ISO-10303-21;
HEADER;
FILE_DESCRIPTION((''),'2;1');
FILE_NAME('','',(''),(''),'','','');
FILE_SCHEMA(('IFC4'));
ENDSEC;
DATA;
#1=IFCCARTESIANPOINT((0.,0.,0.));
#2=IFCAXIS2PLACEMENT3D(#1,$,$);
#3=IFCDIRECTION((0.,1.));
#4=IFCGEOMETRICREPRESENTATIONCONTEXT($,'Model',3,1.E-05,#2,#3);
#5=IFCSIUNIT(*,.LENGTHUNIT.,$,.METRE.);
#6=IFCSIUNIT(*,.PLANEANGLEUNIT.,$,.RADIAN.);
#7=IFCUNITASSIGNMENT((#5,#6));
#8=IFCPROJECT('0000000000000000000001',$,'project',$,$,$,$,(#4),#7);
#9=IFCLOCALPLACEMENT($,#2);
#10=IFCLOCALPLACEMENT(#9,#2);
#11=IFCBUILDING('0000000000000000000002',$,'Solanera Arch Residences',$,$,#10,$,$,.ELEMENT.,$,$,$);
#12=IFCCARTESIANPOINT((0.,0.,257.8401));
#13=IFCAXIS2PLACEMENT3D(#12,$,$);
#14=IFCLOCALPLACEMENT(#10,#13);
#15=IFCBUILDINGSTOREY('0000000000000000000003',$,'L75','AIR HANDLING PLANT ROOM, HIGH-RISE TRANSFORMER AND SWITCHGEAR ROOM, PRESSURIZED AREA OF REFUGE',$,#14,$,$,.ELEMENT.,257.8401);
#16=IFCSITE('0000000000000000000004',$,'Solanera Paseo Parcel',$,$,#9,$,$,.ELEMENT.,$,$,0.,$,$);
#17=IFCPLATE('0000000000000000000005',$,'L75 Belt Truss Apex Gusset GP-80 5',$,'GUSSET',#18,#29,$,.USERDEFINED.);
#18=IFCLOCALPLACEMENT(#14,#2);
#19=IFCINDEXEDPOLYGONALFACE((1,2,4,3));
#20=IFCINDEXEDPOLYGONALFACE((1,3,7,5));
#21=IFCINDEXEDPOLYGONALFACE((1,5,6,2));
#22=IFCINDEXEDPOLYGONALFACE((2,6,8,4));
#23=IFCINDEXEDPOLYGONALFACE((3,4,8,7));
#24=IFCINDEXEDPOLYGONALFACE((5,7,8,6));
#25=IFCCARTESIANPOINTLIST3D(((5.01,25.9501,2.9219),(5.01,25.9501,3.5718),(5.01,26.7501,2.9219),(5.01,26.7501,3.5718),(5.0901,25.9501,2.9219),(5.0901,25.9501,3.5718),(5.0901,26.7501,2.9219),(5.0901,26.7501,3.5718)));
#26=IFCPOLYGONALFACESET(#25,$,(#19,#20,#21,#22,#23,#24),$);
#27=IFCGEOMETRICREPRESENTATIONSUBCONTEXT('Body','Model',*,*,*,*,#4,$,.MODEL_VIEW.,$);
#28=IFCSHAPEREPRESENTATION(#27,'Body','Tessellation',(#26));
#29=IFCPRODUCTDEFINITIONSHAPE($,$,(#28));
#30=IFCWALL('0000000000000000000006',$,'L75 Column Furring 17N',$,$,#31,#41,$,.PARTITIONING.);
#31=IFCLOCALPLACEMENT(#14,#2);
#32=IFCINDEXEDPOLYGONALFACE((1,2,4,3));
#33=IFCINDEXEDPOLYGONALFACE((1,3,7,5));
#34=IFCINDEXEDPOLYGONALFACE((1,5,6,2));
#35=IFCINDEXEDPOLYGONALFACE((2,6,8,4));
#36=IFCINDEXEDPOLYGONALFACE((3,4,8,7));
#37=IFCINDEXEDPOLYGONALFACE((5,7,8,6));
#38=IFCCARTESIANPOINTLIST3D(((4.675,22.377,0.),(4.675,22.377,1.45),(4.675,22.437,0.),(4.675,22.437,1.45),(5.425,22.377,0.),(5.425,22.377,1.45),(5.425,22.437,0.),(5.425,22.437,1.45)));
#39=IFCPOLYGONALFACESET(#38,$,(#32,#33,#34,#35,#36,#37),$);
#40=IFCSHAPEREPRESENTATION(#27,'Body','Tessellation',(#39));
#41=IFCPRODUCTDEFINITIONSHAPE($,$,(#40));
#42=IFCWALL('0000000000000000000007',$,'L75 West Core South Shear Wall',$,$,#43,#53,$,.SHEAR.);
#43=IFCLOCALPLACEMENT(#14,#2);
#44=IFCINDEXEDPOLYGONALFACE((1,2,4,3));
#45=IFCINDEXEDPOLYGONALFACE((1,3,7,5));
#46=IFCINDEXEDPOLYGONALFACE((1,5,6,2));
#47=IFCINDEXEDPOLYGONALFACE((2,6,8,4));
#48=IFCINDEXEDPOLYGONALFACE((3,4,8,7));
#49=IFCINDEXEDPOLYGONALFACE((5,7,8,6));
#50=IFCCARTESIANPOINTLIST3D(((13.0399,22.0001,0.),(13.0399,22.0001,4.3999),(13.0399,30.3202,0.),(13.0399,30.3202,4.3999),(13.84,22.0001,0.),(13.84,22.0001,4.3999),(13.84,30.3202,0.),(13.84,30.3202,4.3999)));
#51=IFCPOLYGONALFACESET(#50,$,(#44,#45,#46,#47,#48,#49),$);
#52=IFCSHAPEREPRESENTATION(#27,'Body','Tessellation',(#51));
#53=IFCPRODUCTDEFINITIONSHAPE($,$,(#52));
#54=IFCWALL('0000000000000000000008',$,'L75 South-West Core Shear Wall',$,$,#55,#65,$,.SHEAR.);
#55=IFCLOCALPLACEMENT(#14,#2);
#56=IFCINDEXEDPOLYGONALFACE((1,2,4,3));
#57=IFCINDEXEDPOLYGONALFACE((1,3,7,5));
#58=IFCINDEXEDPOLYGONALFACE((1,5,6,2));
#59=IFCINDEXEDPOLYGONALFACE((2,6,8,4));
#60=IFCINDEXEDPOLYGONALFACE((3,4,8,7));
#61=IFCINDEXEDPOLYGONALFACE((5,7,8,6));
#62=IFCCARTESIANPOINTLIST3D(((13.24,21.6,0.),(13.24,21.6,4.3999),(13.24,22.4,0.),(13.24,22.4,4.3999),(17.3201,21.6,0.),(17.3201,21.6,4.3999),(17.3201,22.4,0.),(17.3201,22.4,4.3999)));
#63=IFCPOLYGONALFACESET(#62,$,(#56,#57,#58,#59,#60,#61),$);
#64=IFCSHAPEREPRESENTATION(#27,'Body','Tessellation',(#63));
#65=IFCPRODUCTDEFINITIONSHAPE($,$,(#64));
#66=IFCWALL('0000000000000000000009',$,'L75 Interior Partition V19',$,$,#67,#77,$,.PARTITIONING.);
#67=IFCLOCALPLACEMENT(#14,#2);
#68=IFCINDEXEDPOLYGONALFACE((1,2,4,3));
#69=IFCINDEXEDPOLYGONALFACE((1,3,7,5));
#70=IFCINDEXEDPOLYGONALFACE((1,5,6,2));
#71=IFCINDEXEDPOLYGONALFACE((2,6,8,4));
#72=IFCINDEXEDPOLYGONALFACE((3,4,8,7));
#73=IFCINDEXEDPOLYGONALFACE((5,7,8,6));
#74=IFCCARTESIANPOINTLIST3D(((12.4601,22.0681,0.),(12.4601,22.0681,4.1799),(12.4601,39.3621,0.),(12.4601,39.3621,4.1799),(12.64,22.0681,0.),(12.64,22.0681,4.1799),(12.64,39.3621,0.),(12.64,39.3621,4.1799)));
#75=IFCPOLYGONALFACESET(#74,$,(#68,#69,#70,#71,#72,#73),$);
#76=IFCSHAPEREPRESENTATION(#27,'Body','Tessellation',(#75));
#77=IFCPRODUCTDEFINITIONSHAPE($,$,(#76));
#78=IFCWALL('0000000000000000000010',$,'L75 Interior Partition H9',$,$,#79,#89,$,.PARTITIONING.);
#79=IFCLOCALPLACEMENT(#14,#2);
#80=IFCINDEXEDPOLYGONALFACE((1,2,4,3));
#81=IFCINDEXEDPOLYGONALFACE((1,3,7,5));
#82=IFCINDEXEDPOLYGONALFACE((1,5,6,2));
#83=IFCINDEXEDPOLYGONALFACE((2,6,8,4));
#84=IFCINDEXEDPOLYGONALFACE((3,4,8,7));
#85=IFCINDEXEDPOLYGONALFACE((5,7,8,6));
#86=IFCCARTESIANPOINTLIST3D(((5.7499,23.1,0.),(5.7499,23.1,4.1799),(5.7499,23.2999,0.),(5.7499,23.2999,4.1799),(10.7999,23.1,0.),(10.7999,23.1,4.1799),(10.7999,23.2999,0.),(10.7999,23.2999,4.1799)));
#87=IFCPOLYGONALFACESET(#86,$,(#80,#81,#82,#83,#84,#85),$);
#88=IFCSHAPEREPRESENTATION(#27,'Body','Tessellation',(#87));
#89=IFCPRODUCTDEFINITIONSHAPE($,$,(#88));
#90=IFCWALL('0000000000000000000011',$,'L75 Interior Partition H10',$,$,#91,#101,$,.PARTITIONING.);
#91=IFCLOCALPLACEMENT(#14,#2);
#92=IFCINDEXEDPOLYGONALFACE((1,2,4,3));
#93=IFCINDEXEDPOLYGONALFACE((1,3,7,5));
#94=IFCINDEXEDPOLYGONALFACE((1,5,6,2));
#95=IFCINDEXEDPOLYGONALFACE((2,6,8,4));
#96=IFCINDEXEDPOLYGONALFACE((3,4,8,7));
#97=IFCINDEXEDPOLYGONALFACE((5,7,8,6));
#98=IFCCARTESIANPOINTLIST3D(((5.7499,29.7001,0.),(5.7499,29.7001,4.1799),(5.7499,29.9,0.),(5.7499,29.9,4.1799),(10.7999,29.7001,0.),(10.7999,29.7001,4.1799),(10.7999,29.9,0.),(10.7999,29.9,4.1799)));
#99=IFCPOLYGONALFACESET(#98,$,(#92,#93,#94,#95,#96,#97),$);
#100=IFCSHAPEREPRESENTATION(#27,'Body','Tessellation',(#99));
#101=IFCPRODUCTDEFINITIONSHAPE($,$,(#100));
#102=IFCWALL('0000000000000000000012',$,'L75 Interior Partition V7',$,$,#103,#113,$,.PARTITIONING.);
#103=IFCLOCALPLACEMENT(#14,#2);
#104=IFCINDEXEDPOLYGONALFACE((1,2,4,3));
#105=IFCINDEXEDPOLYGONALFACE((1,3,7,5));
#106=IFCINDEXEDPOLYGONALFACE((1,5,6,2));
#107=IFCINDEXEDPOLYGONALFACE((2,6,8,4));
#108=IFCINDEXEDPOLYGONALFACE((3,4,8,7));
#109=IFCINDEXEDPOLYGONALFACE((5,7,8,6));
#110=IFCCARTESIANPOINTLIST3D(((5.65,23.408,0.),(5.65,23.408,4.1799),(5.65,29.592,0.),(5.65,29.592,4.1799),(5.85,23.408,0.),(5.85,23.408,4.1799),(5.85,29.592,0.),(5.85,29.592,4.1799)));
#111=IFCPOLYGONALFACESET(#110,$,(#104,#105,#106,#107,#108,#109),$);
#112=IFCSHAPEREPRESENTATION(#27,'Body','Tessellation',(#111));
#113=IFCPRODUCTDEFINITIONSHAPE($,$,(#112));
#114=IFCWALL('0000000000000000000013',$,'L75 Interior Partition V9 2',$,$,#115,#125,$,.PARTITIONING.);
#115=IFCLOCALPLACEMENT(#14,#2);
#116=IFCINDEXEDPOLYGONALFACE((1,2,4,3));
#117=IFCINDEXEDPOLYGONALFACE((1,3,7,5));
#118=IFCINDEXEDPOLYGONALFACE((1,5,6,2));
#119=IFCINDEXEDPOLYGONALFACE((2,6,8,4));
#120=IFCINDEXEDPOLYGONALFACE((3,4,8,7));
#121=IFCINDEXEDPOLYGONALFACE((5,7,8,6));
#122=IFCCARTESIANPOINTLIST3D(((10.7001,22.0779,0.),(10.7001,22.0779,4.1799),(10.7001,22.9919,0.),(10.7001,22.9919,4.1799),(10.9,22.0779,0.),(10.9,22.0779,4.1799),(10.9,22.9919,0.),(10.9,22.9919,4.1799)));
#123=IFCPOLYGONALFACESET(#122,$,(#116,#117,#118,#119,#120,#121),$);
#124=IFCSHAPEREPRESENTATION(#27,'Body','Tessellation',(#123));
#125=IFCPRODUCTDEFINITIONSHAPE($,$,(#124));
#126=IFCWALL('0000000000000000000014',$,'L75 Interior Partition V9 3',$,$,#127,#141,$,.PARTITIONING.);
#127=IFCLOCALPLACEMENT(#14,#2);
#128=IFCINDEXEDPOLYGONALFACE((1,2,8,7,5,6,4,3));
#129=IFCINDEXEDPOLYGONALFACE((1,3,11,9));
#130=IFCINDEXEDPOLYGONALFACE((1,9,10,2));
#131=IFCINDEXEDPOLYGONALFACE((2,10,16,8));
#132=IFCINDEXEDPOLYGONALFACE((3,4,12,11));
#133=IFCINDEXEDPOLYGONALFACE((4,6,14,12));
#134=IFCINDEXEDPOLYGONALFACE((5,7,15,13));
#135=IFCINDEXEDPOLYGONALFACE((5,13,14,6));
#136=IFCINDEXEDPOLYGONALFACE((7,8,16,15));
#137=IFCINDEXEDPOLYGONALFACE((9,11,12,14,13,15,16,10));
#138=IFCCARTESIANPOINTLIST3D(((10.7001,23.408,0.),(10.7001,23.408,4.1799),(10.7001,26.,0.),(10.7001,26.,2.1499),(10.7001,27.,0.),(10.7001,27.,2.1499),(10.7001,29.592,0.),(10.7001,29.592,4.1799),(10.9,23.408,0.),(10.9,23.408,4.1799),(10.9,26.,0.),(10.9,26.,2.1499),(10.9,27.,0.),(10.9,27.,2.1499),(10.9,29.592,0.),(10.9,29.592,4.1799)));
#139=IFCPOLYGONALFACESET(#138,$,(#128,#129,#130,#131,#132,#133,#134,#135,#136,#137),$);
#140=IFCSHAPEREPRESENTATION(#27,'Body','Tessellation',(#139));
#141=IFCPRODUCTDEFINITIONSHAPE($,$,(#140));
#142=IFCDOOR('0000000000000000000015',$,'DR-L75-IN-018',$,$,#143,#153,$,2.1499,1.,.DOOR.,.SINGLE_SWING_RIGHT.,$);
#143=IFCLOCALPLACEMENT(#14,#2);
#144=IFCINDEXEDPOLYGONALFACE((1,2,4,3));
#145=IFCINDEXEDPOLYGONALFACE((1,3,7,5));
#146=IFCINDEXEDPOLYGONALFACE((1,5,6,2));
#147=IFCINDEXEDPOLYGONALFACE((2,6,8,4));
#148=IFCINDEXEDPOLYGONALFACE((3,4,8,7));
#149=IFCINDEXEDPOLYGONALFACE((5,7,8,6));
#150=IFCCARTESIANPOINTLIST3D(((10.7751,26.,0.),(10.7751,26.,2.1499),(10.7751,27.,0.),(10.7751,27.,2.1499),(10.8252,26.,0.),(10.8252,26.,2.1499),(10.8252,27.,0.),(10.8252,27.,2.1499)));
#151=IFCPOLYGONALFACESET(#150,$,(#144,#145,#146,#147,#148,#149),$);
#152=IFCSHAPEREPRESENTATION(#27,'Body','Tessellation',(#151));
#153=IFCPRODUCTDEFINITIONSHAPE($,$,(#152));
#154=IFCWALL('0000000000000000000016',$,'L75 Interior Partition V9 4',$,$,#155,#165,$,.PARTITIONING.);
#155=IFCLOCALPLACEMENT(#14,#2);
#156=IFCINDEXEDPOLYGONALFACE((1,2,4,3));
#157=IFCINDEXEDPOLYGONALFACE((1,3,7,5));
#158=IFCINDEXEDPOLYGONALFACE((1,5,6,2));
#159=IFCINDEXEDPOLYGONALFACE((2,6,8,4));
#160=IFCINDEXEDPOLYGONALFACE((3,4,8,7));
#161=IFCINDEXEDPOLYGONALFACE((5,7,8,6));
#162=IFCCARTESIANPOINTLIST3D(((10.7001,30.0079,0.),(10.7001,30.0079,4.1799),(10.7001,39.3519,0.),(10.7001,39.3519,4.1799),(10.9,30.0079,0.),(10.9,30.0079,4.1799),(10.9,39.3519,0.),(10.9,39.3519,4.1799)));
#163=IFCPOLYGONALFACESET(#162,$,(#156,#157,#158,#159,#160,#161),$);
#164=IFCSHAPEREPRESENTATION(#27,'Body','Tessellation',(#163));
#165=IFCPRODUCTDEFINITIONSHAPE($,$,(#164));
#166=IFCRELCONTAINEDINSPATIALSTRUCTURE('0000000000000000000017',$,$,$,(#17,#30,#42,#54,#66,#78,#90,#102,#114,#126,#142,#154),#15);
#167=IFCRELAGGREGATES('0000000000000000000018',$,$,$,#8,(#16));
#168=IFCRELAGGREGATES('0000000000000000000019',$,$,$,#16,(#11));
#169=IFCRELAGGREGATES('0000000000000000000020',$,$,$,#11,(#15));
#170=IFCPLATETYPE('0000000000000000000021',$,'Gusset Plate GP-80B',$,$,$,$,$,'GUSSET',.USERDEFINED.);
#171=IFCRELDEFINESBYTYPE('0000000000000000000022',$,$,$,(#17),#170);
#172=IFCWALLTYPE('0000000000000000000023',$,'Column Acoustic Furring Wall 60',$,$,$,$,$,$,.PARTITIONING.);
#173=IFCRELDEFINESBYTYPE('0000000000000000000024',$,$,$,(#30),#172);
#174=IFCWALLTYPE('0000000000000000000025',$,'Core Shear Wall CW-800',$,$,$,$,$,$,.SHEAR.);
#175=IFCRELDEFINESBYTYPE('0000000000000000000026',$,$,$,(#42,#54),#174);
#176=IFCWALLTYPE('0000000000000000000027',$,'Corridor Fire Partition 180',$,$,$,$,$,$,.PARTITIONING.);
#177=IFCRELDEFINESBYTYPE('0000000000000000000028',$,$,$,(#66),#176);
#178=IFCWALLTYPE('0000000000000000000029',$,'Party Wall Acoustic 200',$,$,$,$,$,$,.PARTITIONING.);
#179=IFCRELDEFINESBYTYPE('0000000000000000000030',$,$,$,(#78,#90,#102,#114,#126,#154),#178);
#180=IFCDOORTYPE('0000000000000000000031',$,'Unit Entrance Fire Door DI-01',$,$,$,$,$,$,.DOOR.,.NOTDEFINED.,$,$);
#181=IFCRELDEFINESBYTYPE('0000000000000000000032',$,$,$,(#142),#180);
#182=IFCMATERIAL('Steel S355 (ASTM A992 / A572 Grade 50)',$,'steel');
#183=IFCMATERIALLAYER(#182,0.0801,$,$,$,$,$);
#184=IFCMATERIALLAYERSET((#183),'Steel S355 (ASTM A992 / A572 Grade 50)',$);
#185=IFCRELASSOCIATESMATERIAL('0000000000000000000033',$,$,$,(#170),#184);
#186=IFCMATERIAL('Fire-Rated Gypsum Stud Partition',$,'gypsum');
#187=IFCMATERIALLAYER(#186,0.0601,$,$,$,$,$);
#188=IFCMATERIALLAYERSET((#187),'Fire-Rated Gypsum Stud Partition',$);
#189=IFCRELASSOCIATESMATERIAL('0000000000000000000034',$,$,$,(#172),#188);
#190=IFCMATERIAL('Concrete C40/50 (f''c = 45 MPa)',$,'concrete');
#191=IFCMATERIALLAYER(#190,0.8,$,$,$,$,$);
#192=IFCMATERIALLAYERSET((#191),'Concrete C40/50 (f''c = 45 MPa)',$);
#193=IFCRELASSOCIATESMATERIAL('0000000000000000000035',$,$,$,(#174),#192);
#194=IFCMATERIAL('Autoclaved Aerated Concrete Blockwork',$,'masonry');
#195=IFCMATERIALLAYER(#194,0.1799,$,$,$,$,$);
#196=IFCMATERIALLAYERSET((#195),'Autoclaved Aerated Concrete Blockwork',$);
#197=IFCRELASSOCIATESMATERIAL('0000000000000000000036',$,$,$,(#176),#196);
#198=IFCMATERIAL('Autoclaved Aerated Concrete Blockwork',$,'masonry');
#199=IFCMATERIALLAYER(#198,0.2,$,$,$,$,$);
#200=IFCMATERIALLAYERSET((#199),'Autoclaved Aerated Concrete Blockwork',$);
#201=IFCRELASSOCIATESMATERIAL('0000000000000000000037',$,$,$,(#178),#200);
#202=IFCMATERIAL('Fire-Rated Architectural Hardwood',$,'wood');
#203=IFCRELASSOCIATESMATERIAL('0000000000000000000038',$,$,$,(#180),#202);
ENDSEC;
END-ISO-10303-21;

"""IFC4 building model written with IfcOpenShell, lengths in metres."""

from ifc_helpers import new_model, si_unit, direction, frame, frame_2d, origin, origin_2d, place, context, subcontext, project, spatial, rectangle, extrude, material, layer, layer_set, type_object, element, fill, save


model = new_model("IFC4")

# Units and contexts
model_context = context("Model", 3, precision=1e-05, world=origin(), true_north=direction((0.0, 1.0)))
body_context = subcontext(model_context, "Body", "Model", "MODEL_VIEW")
ifc_project = project(units=[si_unit("LENGTHUNIT", "METRE"), si_unit("PLANEANGLEUNIT", "RADIAN")], contexts=[model_context])

# Site, building, storey
site_placement = place(None, origin())
site = spatial("IfcSite", under=ifc_project, at=site_placement, Name="Solanera Paseo Parcel", CompositionType="ELEMENT", RefElevation=0.0)
building_placement = place(site_placement, origin())
building = spatial("IfcBuilding", under=site, at=building_placement, Name="Solanera Arch Residences", CompositionType="ELEMENT")
storey_placement = place(building_placement, frame((0.0, 0.0, 257.8401)))
storey = spatial("IfcBuildingStorey", under=building, at=storey_placement, Name="L75", Description="AIR HANDLING PLANT ROOM, HIGH-RISE TRANSFORMER AND SWITCHGEAR ROOM, PRESSURIZED AREA OF REFUGE", CompositionType="ELEMENT", Elevation=257.8401)

# Plate
ifc_material_1 = material(Name="Steel S355 (ASTM A992 / A572 Grade 50)", Category="steel")
ifc_layer_1 = layer(ifc_material_1, 0.0801)
ifc_layer_set_1 = layer_set([ifc_layer_1], Name="Steel S355 (ASTM A992 / A572 Grade 50)")
plate_type_1 = type_object("IfcPlateType", Name="Gusset Plate GP-80B", ElementType="GUSSET", PredefinedType="USERDEFINED", material=ifc_layer_set_1)
plate_1_placement = place(storey_placement, frame((5.05, 26.3501, 2.9219), z_axis=(0.0, 0.0, 1.0), x_axis=(1.0, 0.0, 0.0)))
element("IfcPlate", 1, at=plate_1_placement, inside=storey, type_object=plate_type_1, Name="L75 Belt Truss Apex Gusset GP-80 5", ObjectType="GUSSET", PredefinedType="USERDEFINED", context=body_context, shape_type="SweptSolid", body=[
    extrude(rectangle(XDim=0.0801, YDim=0.8, at=origin_2d()), origin(), (0.0, 0.0, 1.0), 0.6499),
])

# Walls
ifc_material_2 = material(Name="Fire-Rated Gypsum Stud Partition", Category="gypsum")
ifc_layer_2 = layer(ifc_material_2, 0.0601)
ifc_layer_set_2 = layer_set([ifc_layer_2], Name="Fire-Rated Gypsum Stud Partition")
wall_type_1 = type_object("IfcWallType", Name="Column Acoustic Furring Wall 60", PredefinedType="PARTITIONING", material=ifc_layer_set_2)
wall_1_placement = place(storey_placement, frame((4.675, 22.407, 0.0), z_axis=(0.0, 0.0, 1.0), x_axis=(1.0, 0.0, 0.0)))
element("IfcWall", 2, at=wall_1_placement, inside=storey, type_object=wall_type_1, Name="L75 Column Furring 17N", PredefinedType="PARTITIONING", context=body_context, shape_type="SweptSolid", body=[
    extrude(rectangle(XDim=0.75, YDim=0.0601, at=frame_2d((0.375, 0.0))), origin(), (0.0, 0.0, 1.0), 1.45),
])
ifc_material_3 = material(Name="Concrete C40/50 (f'c = 45 MPa)", Category="concrete")
ifc_layer_3 = layer(ifc_material_3, 0.8)
ifc_layer_set_3 = layer_set([ifc_layer_3], Name="Concrete C40/50 (f'c = 45 MPa)")
wall_type_2 = type_object("IfcWallType", Name="Core Shear Wall CW-800", PredefinedType="SHEAR", material=ifc_layer_set_3)
wall_2_placement = place(storey_placement, frame((13.4399, 22.0, 0.0), z_axis=(0.0, 0.0, 1.0), x_axis=(0.0, 1.0, 0.0)))
element("IfcWall", 3, at=wall_2_placement, inside=storey, type_object=wall_type_2, Name="L75 West Core South Shear Wall", PredefinedType="SHEAR", context=body_context, shape_type="SweptSolid", body=[
    extrude(rectangle(XDim=8.3201, YDim=0.8, at=frame_2d((4.1602, 0.0))), origin(), (0.0, 0.0, 1.0), 4.3999),
])
wall_3_placement = place(storey_placement, frame((13.24, 22.0, 0.0), z_axis=(0.0, 0.0, 1.0), x_axis=(1.0, 0.0, 0.0)))
element("IfcWall", 4, at=wall_3_placement, inside=storey, type_object=wall_type_2, Name="L75 South-West Core Shear Wall", PredefinedType="SHEAR", context=body_context, shape_type="SweptSolid", body=[
    extrude(rectangle(XDim=4.0801, YDim=0.8, at=frame_2d((2.04, 0.0))), origin(), (0.0, 0.0, 1.0), 4.3999),
])
ifc_material_4 = material(Name="Autoclaved Aerated Concrete Blockwork", Category="masonry")
ifc_layer_4 = layer(ifc_material_4, 0.1799)
ifc_layer_set_4 = layer_set([ifc_layer_4], Name="Autoclaved Aerated Concrete Blockwork")
wall_type_3 = type_object("IfcWallType", Name="Corridor Fire Partition 180", PredefinedType="PARTITIONING", material=ifc_layer_set_4)
wall_4_placement = place(storey_placement, frame((12.55, 22.0681, 0.0), z_axis=(0.0, 0.0, 1.0), x_axis=(0.0, 1.0, 0.0)))
element("IfcWall", 5, at=wall_4_placement, inside=storey, type_object=wall_type_3, Name="L75 Interior Partition V19", PredefinedType="PARTITIONING", context=body_context, shape_type="SweptSolid", body=[
    extrude(rectangle(XDim=17.2939, YDim=0.1799, at=frame_2d((8.647, 0.0))), origin(), (0.0, 0.0, 1.0), 4.1799),
])
ifc_material_5 = material(Name="Autoclaved Aerated Concrete Blockwork", Category="masonry")
ifc_layer_5 = layer(ifc_material_5, 0.2)
ifc_layer_set_5 = layer_set([ifc_layer_5], Name="Autoclaved Aerated Concrete Blockwork")
wall_type_4 = type_object("IfcWallType", Name="Party Wall Acoustic 200", PredefinedType="PARTITIONING", material=ifc_layer_set_5)
for number, where, z_axis, x_axis, name in (
    (6, (5.75, 23.2, 0.0), (0.0, 0.0, 1.0), (1.0, 0.0, 0.0), "L75 Interior Partition H9"),
    (7, (5.75, 29.8, 0.0), (0.0, 0.0, 1.0), (1.0, 0.0, 0.0), "L75 Interior Partition H10"),
):
    element("IfcWall", number, at=place(storey_placement, frame(where, z_axis=z_axis, x_axis=x_axis)), inside=storey, type_object=wall_type_4, Name=name, PredefinedType="PARTITIONING", context=body_context, shape_type="SweptSolid", body=[
        extrude(rectangle(XDim=5.05, YDim=0.2, at=frame_2d((2.5249, 0.0))), origin(), (0.0, 0.0, 1.0), 4.1799),
    ])
wall_5_placement = place(storey_placement, frame((5.75, 23.408, 0.0), z_axis=(0.0, 0.0, 1.0), x_axis=(0.0, 1.0, 0.0)))
element("IfcWall", 8, at=wall_5_placement, inside=storey, type_object=wall_type_4, Name="L75 Interior Partition V7", PredefinedType="PARTITIONING", context=body_context, shape_type="SweptSolid", body=[
    extrude(rectangle(XDim=6.1841, YDim=0.2, at=frame_2d((3.092, 0.0))), origin(), (0.0, 0.0, 1.0), 4.1799),
])
wall_6_placement = place(storey_placement, frame((10.8, 22.0779, 0.0), z_axis=(0.0, 0.0, 1.0), x_axis=(0.0, 1.0, 0.0)))
element("IfcWall", 9, at=wall_6_placement, inside=storey, type_object=wall_type_4, Name="L75 Interior Partition V9 2", PredefinedType="PARTITIONING", context=body_context, shape_type="SweptSolid", body=[
    extrude(rectangle(XDim=0.9141, YDim=0.2, at=frame_2d((0.457, 0.0))), origin(), (0.0, 0.0, 1.0), 4.1799),
])

# Wall, opening, door
wall_7_placement = place(storey_placement, frame((10.8, 23.408, 0.0), z_axis=(0.0, 0.0, 1.0), x_axis=(0.0, 1.0, 0.0)))
wall_7 = element("IfcWall", 10, at=wall_7_placement, inside=storey, type_object=wall_type_4, Name="L75 Interior Partition V9 3", PredefinedType="PARTITIONING", context=body_context, shape_type="SweptSolid", body=[
    extrude(rectangle(XDim=6.1841, YDim=0.2, at=frame_2d((3.092, 0.0))), origin(), (0.0, 0.0, 1.0), 4.1799),
])
opening_1_placement = place(wall_7_placement, frame((2.592, 0.0, 0.0)))
opening_1 = element("IfcOpeningElement", 11, at=opening_1_placement, cuts=wall_7, PredefinedType="OPENING", context=body_context, shape_type="SweptSolid", body=[
    extrude(rectangle(XDim=1.0, YDim=2.1499, at=frame_2d((0.5, 1.075))), frame((0.0, 0.1101, 0.0), z_axis=(0.0, -1.0, 0.0), x_axis=(1.0, 0.0, 0.0)), (0.0, 0.0, 1.0), 0.22),
])
ifc_material_6 = material(Name="Fire-Rated Architectural Hardwood", Category="wood")
door_type_1 = type_object("IfcDoorType", Name="Unit Entrance Fire Door DI-01", OperationType="NOTDEFINED", PredefinedType="DOOR", material=ifc_material_6)
door_1_placement = place(opening_1_placement, origin())
door_1 = element("IfcDoor", 12, at=door_1_placement, inside=storey, type_object=door_type_1, Name="DR-L75-IN-018", OperationType="SINGLE_SWING_RIGHT", OverallHeight=2.1499, OverallWidth=1.0, PredefinedType="DOOR", context=body_context, shape_type="SweptSolid", body=[
    extrude(rectangle(XDim=1.0, YDim=2.1499, at=frame_2d((0.5, 1.075))), frame((0.0, 0.0249, 0.0), z_axis=(0.0, -1.0, 0.0), x_axis=(1.0, 0.0, 0.0)), (0.0, 0.0, 1.0), 0.05),
])
fill(opening_1, door_1)

# Wall
wall_8_placement = place(storey_placement, frame((10.8, 30.0081, 0.0), z_axis=(0.0, 0.0, 1.0), x_axis=(0.0, 1.0, 0.0)))
element("IfcWall", 13, at=wall_8_placement, inside=storey, type_object=wall_type_4, Name="L75 Interior Partition V9 4", PredefinedType="PARTITIONING", context=body_context, shape_type="SweptSolid", body=[
    extrude(rectangle(XDim=9.344, YDim=0.2, at=frame_2d((4.6719, 0.0))), origin(), (0.0, 0.0, 1.0), 4.1799),
])

save(model, "model.ifc")
